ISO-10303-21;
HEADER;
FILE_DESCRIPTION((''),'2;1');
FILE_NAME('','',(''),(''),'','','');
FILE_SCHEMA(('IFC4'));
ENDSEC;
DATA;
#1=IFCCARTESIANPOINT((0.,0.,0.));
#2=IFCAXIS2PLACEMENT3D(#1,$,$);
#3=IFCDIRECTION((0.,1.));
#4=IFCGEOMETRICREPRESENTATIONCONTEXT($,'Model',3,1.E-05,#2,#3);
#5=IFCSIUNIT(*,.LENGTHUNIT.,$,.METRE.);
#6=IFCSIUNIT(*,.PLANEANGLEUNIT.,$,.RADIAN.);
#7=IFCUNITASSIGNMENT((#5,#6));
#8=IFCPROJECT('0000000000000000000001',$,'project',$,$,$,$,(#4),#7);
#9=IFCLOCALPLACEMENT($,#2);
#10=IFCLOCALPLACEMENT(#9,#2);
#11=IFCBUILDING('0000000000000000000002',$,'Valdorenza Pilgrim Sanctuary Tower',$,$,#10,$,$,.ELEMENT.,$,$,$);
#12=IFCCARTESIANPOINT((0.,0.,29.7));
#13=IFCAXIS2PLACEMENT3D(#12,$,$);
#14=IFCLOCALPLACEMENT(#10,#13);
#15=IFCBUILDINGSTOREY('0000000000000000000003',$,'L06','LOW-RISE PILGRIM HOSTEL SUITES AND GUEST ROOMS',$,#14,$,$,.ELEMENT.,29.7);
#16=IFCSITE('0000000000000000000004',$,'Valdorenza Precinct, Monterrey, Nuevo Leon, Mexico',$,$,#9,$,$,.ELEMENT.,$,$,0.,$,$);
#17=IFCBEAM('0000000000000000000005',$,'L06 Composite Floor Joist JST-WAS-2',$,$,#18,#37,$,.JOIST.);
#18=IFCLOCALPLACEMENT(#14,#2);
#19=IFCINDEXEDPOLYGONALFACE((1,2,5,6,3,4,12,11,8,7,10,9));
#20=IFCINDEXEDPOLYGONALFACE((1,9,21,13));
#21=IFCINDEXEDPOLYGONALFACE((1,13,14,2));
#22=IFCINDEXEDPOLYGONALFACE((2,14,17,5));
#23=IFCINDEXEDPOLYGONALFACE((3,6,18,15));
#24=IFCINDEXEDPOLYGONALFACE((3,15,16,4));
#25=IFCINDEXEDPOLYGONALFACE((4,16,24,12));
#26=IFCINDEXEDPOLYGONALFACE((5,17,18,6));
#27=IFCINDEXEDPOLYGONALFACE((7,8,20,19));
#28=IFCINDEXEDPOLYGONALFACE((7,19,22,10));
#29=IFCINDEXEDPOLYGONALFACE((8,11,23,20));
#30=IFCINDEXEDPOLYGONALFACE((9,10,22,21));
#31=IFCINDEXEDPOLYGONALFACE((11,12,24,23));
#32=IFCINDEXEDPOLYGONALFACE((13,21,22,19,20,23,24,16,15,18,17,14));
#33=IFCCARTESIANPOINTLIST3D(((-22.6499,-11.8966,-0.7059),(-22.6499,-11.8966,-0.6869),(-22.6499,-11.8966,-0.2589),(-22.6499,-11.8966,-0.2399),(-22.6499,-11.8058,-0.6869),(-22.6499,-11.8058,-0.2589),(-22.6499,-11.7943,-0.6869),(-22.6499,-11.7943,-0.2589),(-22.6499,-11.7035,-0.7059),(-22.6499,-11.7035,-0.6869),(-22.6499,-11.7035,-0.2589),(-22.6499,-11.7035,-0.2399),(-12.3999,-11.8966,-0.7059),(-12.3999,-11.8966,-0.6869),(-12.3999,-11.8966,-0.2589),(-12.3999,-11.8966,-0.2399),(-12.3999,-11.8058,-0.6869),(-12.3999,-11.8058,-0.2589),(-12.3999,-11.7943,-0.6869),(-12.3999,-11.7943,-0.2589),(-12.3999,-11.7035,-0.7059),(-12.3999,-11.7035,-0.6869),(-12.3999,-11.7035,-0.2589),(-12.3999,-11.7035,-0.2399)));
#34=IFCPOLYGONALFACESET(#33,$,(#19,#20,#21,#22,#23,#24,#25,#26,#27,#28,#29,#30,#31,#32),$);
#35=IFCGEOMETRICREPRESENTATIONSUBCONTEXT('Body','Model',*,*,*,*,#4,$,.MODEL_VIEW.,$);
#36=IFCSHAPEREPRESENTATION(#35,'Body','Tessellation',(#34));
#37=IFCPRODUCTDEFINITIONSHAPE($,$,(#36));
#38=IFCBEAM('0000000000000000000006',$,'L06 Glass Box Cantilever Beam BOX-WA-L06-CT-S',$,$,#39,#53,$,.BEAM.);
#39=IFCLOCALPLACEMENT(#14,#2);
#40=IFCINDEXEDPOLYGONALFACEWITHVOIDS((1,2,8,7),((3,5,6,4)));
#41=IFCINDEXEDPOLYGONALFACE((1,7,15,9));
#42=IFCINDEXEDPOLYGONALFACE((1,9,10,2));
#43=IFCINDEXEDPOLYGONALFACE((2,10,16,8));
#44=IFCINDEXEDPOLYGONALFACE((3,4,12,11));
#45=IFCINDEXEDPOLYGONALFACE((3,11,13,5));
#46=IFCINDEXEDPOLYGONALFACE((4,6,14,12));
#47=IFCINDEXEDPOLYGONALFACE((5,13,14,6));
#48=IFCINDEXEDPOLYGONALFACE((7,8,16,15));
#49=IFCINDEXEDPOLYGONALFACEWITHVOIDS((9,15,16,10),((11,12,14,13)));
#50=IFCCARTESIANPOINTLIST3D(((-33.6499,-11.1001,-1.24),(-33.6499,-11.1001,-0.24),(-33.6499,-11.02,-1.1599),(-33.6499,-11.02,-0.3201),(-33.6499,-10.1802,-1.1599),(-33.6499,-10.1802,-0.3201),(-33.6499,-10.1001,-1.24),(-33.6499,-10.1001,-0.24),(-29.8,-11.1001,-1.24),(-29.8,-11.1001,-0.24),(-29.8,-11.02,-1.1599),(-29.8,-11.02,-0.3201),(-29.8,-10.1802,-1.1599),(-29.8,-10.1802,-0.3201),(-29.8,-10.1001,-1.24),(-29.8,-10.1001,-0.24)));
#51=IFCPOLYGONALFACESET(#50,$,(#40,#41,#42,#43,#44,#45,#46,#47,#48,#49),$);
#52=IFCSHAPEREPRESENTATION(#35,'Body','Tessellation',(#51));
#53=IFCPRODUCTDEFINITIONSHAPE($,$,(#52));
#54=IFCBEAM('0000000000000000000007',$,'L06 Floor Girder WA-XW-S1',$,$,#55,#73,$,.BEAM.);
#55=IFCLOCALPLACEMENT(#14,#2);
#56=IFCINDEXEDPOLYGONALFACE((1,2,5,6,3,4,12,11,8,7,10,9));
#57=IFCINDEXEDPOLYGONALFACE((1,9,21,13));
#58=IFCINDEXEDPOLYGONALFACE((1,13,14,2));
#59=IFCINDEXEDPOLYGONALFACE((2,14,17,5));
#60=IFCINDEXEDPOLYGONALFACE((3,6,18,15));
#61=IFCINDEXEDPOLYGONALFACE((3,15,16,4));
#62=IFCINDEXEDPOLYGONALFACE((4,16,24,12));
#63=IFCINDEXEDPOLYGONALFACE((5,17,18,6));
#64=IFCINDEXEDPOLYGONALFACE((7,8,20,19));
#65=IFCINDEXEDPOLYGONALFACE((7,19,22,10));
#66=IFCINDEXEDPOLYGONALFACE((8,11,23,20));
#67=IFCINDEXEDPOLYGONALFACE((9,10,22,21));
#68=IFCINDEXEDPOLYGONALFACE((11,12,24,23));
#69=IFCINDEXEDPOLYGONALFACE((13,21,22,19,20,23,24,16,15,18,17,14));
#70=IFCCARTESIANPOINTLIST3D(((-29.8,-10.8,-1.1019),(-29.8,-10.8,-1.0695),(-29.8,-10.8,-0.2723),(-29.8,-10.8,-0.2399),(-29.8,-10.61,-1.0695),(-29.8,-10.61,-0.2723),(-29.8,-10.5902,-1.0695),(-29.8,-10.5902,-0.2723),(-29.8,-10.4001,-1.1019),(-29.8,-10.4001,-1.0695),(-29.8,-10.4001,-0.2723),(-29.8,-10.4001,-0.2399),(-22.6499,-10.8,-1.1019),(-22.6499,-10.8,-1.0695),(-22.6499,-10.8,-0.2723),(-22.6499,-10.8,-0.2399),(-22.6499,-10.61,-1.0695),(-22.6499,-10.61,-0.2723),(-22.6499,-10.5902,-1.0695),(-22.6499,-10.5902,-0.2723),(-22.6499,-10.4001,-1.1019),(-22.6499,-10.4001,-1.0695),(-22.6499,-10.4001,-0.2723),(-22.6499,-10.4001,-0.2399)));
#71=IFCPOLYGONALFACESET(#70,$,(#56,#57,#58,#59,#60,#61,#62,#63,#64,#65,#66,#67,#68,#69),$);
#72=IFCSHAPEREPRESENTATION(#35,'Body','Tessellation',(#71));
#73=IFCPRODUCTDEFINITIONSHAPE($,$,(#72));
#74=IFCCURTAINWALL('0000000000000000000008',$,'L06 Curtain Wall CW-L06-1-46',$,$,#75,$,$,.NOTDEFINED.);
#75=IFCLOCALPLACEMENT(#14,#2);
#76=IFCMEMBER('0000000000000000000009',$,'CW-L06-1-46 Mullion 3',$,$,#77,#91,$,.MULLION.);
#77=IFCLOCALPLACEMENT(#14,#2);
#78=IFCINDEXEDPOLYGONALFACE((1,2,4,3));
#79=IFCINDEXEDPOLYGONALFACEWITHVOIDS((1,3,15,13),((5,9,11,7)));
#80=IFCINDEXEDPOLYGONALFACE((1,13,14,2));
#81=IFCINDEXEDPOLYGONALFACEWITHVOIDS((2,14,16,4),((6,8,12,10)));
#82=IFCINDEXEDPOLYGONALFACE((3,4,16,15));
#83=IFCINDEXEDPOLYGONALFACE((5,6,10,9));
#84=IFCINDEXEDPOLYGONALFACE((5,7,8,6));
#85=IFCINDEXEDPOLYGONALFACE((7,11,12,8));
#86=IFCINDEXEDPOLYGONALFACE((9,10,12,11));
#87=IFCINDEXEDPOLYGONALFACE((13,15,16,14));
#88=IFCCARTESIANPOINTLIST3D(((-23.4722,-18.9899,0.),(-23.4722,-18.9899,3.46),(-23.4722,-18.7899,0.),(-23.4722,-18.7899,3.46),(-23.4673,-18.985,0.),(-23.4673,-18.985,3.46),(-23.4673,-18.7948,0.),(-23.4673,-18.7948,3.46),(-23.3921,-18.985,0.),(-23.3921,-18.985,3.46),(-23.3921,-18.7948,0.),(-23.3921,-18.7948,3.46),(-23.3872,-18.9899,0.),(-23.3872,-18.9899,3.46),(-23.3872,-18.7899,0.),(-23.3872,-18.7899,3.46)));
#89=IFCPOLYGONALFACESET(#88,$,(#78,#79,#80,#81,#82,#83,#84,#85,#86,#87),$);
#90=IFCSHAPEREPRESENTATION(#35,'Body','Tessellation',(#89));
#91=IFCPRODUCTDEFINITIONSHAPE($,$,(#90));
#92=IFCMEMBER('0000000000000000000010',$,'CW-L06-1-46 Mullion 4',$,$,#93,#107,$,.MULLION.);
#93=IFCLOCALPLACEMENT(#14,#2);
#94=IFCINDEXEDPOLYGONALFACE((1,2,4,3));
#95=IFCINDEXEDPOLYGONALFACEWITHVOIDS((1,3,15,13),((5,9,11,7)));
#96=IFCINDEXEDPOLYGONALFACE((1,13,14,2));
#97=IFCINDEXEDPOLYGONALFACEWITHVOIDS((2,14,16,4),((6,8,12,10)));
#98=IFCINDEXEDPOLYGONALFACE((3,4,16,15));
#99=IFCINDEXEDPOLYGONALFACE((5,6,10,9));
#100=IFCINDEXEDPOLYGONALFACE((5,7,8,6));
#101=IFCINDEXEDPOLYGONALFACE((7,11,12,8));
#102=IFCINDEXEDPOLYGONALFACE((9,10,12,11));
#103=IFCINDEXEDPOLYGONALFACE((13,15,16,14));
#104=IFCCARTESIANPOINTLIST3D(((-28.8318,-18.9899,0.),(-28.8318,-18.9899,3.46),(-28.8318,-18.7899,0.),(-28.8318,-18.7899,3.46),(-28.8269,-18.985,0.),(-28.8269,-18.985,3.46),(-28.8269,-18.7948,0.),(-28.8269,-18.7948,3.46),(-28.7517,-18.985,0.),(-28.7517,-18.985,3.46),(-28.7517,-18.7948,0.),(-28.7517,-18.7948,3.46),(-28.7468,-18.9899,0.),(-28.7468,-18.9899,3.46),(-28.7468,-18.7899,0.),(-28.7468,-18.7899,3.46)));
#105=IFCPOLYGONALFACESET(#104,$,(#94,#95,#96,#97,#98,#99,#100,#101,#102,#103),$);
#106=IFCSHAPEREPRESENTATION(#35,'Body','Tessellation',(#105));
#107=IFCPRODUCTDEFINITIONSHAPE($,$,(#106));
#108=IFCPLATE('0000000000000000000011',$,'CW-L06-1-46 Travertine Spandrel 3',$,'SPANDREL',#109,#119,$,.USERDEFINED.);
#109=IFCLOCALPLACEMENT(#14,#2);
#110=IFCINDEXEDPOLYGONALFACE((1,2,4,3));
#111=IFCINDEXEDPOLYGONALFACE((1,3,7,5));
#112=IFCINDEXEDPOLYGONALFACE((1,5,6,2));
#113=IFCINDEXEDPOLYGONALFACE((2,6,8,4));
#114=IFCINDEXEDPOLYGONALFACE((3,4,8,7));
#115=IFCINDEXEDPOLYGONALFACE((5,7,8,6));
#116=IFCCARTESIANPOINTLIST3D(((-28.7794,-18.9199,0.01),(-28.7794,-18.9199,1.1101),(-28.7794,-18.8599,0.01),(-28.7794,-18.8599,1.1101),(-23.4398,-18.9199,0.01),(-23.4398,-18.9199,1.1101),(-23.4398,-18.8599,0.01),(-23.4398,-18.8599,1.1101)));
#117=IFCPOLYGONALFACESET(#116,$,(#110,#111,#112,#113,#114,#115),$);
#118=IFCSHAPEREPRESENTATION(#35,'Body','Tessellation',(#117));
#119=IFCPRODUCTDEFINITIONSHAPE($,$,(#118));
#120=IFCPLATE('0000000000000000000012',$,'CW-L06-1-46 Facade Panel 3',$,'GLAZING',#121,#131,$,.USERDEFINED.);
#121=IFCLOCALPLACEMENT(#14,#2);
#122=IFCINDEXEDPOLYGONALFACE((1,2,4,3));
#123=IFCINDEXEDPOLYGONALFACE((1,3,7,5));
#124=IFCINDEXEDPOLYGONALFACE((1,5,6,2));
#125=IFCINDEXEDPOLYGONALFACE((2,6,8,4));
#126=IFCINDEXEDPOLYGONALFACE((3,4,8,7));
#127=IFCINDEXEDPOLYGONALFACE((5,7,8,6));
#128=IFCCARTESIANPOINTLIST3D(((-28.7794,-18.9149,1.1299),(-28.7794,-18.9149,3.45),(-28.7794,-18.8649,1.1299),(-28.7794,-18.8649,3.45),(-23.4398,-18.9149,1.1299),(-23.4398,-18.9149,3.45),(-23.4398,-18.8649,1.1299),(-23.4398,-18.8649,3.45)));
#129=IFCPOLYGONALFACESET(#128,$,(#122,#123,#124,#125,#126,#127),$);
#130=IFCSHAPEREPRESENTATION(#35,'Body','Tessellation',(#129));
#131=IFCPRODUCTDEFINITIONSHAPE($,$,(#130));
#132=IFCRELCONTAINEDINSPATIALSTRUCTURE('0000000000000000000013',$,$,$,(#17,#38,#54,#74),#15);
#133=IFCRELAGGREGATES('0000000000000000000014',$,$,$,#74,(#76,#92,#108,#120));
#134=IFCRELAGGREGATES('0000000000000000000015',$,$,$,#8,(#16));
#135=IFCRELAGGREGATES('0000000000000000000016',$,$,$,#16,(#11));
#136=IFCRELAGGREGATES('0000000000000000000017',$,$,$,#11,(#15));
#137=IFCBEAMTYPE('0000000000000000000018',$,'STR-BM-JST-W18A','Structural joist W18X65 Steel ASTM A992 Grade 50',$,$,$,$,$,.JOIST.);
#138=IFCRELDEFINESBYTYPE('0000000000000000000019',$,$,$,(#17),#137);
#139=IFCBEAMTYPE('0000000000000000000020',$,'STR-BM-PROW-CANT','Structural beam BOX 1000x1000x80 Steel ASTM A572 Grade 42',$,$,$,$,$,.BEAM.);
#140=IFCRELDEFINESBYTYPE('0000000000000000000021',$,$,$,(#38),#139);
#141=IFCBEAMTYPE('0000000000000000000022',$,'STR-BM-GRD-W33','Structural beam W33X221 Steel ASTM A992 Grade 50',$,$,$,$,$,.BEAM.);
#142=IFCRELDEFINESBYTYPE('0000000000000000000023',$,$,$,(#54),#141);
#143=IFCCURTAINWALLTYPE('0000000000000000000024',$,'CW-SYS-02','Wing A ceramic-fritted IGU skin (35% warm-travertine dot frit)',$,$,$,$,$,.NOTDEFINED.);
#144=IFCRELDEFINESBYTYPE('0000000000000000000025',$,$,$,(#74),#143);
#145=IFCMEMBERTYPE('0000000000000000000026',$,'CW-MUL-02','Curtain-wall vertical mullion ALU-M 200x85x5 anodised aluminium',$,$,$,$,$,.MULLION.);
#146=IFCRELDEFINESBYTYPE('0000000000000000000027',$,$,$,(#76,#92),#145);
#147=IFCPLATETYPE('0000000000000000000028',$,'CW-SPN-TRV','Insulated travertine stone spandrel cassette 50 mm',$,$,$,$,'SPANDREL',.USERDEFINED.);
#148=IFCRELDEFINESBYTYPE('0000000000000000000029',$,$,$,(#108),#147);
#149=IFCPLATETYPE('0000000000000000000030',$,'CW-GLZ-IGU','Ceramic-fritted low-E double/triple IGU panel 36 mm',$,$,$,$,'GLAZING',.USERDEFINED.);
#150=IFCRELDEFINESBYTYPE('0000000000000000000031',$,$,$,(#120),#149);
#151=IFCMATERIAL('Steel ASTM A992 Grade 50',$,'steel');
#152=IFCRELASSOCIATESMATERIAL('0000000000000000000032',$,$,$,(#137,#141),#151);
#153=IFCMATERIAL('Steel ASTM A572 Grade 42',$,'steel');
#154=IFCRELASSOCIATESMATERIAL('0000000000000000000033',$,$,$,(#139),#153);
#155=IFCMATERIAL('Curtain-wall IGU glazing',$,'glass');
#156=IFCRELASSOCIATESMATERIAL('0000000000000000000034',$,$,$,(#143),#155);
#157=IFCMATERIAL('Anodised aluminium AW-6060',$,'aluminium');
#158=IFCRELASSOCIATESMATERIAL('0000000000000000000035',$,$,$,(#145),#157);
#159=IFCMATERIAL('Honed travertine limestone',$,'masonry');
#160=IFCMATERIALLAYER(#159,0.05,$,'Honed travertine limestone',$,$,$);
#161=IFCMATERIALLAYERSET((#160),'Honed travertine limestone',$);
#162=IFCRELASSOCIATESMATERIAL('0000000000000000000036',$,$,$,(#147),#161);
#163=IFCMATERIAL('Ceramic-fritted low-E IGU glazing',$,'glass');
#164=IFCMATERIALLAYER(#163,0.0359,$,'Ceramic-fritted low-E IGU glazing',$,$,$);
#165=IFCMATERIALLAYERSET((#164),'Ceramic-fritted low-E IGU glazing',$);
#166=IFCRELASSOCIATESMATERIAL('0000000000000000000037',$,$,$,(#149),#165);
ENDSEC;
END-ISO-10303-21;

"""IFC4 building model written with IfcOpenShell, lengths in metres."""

from ifc_helpers import new_model, si_unit, direction, frame, origin, origin_2d, place, context, subcontext, project, spatial, rectangle, hollow_rectangle, i_section, extrude, source, transform, mapped, material, layer, layer_set, material_profile, profile_set, type_object, element, aggregate, save


model = new_model("IFC4")

# Units and contexts
model_context = context("Model", 3, precision=1e-05, world=origin(), true_north=direction((0.0, 1.0)))
body_context = subcontext(model_context, "Body", "Model", "MODEL_VIEW")
ifc_project = project(units=[si_unit("LENGTHUNIT", "METRE"), si_unit("PLANEANGLEUNIT", "RADIAN")], contexts=[model_context])

# Site, building, storey
site_placement = place(None, origin())
site = spatial("IfcSite", under=ifc_project, at=site_placement, Name="Valdorenza Precinct, Monterrey, Nuevo Leon, Mexico", CompositionType="ELEMENT", RefElevation=0.0)
building_placement = place(site_placement, origin())
building = spatial("IfcBuilding", under=site, at=building_placement, Name="Valdorenza Pilgrim Sanctuary Tower", CompositionType="ELEMENT")
storey_placement = place(building_placement, frame((0.0, 0.0, 29.7)))
storey = spatial("IfcBuildingStorey", under=building, at=storey_placement, Name="L06", Description="LOW-RISE PILGRIM HOSTEL SUITES AND GUEST ROOMS", CompositionType="ELEMENT", Elevation=29.7)

# Shared definitions
ifc_material_1 = material(Name="Steel ASTM A992 Grade 50", Category="steel")

# Beams
ifc_material_profile_1 = material_profile(ifc_material_1, i_section(OverallWidth=0.1931, OverallDepth=0.4661, WebThickness=0.0115, FlangeThickness=0.019, at=origin_2d()), Name="W18X65")
ifc_profile_set_1 = profile_set([ifc_material_profile_1], Name="Steel ASTM A992 Grade 50")
beam_type_1 = type_object("IfcBeamType", Name="STR-BM-JST-W18A", Description="Structural joist W18X65 Steel ASTM A992 Grade 50", PredefinedType="JOIST", material=ifc_profile_set_1)
shared_shape_1 = source(origin(), body_context, "Body", "SweptSolid", [
    extrude(i_section(OverallWidth=0.1931, OverallDepth=0.4661, WebThickness=0.0115, FlangeThickness=0.019, at=origin_2d()), origin(), (0.0, 0.0, 1.0), 10.25),
])
for number, where, z_axis, x_axis, name in (
    (1, (-22.6499, -11.8, -0.4729), (1.0, 0.0, 0.0), (0.0, 1.0, 0.0), "L06 Composite Floor Joist JST-WAS-2"),
):
    element("IfcBeam", number, at=place(storey_placement, frame(where, z_axis=z_axis, x_axis=x_axis)), inside=storey, type_object=beam_type_1, Name=name, PredefinedType="JOIST", context=body_context, shape_type="MappedRepresentation", body=[
        mapped(shared_shape_1, transform((0.0, 0.0, 0.0), x_axis=(1.0, 0.0, 0.0), y_axis=(0.0, 1.0, 0.0), z_axis=(0.0, 0.0, 1.0), scale=1.0)),
    ])
ifc_material_2 = material(Name="Steel ASTM A572 Grade 42", Category="steel")
ifc_material_profile_2 = material_profile(ifc_material_2, hollow_rectangle(XDim=1.0, YDim=1.0, WallThickness=0.0801, at=origin_2d()), Name="BOX 1000x1000x80")
ifc_profile_set_2 = profile_set([ifc_material_profile_2], Name="Steel ASTM A572 Grade 42")
beam_type_2 = type_object("IfcBeamType", Name="STR-BM-PROW-CANT", Description="Structural beam BOX 1000x1000x80 Steel ASTM A572 Grade 42", PredefinedType="BEAM", material=ifc_profile_set_2)
shared_shape_2 = source(origin(), body_context, "Body", "SweptSolid", [
    extrude(hollow_rectangle(XDim=1.0, YDim=1.0, WallThickness=0.0801, at=origin_2d()), origin(), (0.0, 0.0, 1.0), 3.8499),
])
beam_1_placement = place(storey_placement, frame((-29.8, -10.6001, -0.74), z_axis=(-1.0, 0.0, 0.0), x_axis=(0.0, -1.0, 0.0)))
element("IfcBeam", 2, at=beam_1_placement, inside=storey, type_object=beam_type_2, Name="L06 Glass Box Cantilever Beam BOX-WA-L06-CT-S", PredefinedType="BEAM", context=body_context, shape_type="MappedRepresentation", body=[
    mapped(shared_shape_2, transform((0.0, 0.0, 0.0), x_axis=(1.0, 0.0, 0.0), y_axis=(0.0, 1.0, 0.0), z_axis=(0.0, 0.0, 1.0), scale=1.0)),
])
ifc_material_profile_3 = material_profile(ifc_material_1, i_section(OverallWidth=0.3999, OverallDepth=0.8621, WebThickness=0.0198, FlangeThickness=0.0325, at=origin_2d()), Name="W33X221")
ifc_profile_set_3 = profile_set([ifc_material_profile_3], Name="Steel ASTM A992 Grade 50")
beam_type_3 = type_object("IfcBeamType", Name="STR-BM-GRD-W33", Description="Structural beam W33X221 Steel ASTM A992 Grade 50", PredefinedType="BEAM", material=ifc_profile_set_3)
shared_shape_3 = source(origin(), body_context, "Body", "SweptSolid", [
    extrude(i_section(OverallWidth=0.3999, OverallDepth=0.8621, WebThickness=0.0198, FlangeThickness=0.0325, at=origin_2d()), origin(), (0.0, 0.0, 1.0), 7.1501),
])
beam_2_placement = place(storey_placement, frame((-29.8, -10.6001, -0.6709), z_axis=(1.0, 0.0, 0.0), x_axis=(0.0, 1.0, 0.0)))
element("IfcBeam", 3, at=beam_2_placement, inside=storey, type_object=beam_type_3, Name="L06 Floor Girder WA-XW-S1", PredefinedType="BEAM", context=body_context, shape_type="MappedRepresentation", body=[
    mapped(shared_shape_3, transform((0.0, 0.0, 0.0), x_axis=(1.0, 0.0, 0.0), y_axis=(0.0, 1.0, 0.0), z_axis=(0.0, 0.0, 1.0), scale=1.0)),
])

# Curtain wall, members, plates
ifc_material_3 = material(Name="Curtain-wall IGU glazing", Category="glass")
curtain_wall_type = type_object("IfcCurtainWallType", Name="CW-SYS-02", Description="Wing A ceramic-fritted IGU skin (35% warm-travertine dot frit)", PredefinedType="NOTDEFINED", material=ifc_material_3)
curtain_wall_placement = place(storey_placement, origin())
curtain_wall = element("IfcCurtainWall", 4, at=curtain_wall_placement, inside=storey, type_object=curtain_wall_type, Name="L06 Curtain Wall CW-L06-1-46", PredefinedType="NOTDEFINED")
ifc_material_4 = material(Name="Anodised aluminium AW-6060", Category="aluminium")
ifc_material_profile_4 = material_profile(ifc_material_4, hollow_rectangle(XDim=0.085, YDim=0.2, WallThickness=0.0049, at=origin_2d()), Name="ALU-M 200x85x5")
ifc_profile_set_4 = profile_set([ifc_material_profile_4], Name="Anodised aluminium AW-6060")
member_type = type_object("IfcMemberType", Name="CW-MUL-02", Description="Curtain-wall vertical mullion ALU-M 200x85x5 anodised aluminium", PredefinedType="MULLION", material=ifc_profile_set_4)
shared_shape_4 = source(origin(), body_context, "Body", "SweptSolid", [
    extrude(hollow_rectangle(XDim=0.085, YDim=0.2, WallThickness=0.0049, at=origin_2d()), origin(), (0.0, 0.0, 1.0), 3.46),
])
member_1_placement = place(storey_placement, frame((-23.4297, -18.8899, 0.0), z_axis=(0.0, 0.0, 1.0), x_axis=(-1.0, 0.0, 0.0)))
member_1 = element("IfcMember", 5, at=member_1_placement, type_object=member_type, Name="CW-L06-1-46 Mullion 3", PredefinedType="MULLION", context=body_context, shape_type="MappedRepresentation", body=[
    mapped(shared_shape_4, transform((0.0, 0.0, 0.0), x_axis=(1.0, 0.0, 0.0), y_axis=(0.0, 1.0, 0.0), z_axis=(0.0, 0.0, 1.0), scale=1.0)),
])
member_2_placement = place(storey_placement, frame((-28.7893, -18.8899, 0.0), z_axis=(0.0, 0.0, 1.0), x_axis=(-1.0, 0.0, 0.0)))
member_2 = element("IfcMember", 6, at=member_2_placement, type_object=member_type, Name="CW-L06-1-46 Mullion 4", PredefinedType="MULLION", context=body_context, shape_type="MappedRepresentation", body=[
    mapped(shared_shape_4, transform((0.0, 0.0, 0.0), x_axis=(1.0, 0.0, 0.0), y_axis=(0.0, 1.0, 0.0), z_axis=(0.0, 0.0, 1.0), scale=1.0)),
])
ifc_material_5 = material(Name="Honed travertine limestone", Category="masonry")
ifc_layer_1 = layer(ifc_material_5, 0.05, Name="Honed travertine limestone")
ifc_layer_set_1 = layer_set([ifc_layer_1], Name="Honed travertine limestone")
plate_type_1 = type_object("IfcPlateType", Name="CW-SPN-TRV", Description="Insulated travertine stone spandrel cassette 50 mm", ElementType="SPANDREL", PredefinedType="USERDEFINED", material=ifc_layer_set_1)
shared_shape_5 = source(origin(), body_context, "Body", "SweptSolid", [
    extrude(rectangle(XDim=5.3396, YDim=0.0601, at=origin_2d()), origin(), (0.0, 0.0, 1.0), 1.1001),
])
plate_1_placement = place(storey_placement, frame((-26.1096, -18.8899, 0.01), z_axis=(0.0, 0.0, 1.0), x_axis=(-1.0, 0.0, 0.0)))
plate_1 = element("IfcPlate", 7, at=plate_1_placement, type_object=plate_type_1, Name="CW-L06-1-46 Travertine Spandrel 3", ObjectType="SPANDREL", PredefinedType="USERDEFINED", context=body_context, shape_type="MappedRepresentation", body=[
    mapped(shared_shape_5, transform((0.0, 0.0, 0.0), x_axis=(1.0, 0.0, 0.0), y_axis=(0.0, 1.0, 0.0), z_axis=(0.0, 0.0, 1.0), scale=1.0)),
])
ifc_material_6 = material(Name="Ceramic-fritted low-E IGU glazing", Category="glass")
ifc_layer_2 = layer(ifc_material_6, 0.0359, Name="Ceramic-fritted low-E IGU glazing")
ifc_layer_set_2 = layer_set([ifc_layer_2], Name="Ceramic-fritted low-E IGU glazing")
plate_type_2 = type_object("IfcPlateType", Name="CW-GLZ-IGU", Description="Ceramic-fritted low-E double/triple IGU panel 36 mm", ElementType="GLAZING", PredefinedType="USERDEFINED", material=ifc_layer_set_2)
shared_shape_6 = source(origin(), body_context, "Body", "SweptSolid", [
    extrude(rectangle(XDim=5.3396, YDim=0.05, at=origin_2d()), origin(), (0.0, 0.0, 1.0), 2.3201),
])
plate_2_placement = place(storey_placement, frame((-26.1096, -18.8899, 1.1299), z_axis=(0.0, 0.0, 1.0), x_axis=(-1.0, 0.0, 0.0)))
plate_2 = element("IfcPlate", 8, at=plate_2_placement, type_object=plate_type_2, Name="CW-L06-1-46 Facade Panel 3", ObjectType="GLAZING", PredefinedType="USERDEFINED", context=body_context, shape_type="MappedRepresentation", body=[
    mapped(shared_shape_6, transform((0.0, 0.0, 0.0), x_axis=(1.0, 0.0, 0.0), y_axis=(0.0, 1.0, 0.0), z_axis=(0.0, 0.0, 1.0), scale=1.0)),
])
aggregate(curtain_wall, [member_1, member_2, plate_1, plate_2])

save(model, "model.ifc")
